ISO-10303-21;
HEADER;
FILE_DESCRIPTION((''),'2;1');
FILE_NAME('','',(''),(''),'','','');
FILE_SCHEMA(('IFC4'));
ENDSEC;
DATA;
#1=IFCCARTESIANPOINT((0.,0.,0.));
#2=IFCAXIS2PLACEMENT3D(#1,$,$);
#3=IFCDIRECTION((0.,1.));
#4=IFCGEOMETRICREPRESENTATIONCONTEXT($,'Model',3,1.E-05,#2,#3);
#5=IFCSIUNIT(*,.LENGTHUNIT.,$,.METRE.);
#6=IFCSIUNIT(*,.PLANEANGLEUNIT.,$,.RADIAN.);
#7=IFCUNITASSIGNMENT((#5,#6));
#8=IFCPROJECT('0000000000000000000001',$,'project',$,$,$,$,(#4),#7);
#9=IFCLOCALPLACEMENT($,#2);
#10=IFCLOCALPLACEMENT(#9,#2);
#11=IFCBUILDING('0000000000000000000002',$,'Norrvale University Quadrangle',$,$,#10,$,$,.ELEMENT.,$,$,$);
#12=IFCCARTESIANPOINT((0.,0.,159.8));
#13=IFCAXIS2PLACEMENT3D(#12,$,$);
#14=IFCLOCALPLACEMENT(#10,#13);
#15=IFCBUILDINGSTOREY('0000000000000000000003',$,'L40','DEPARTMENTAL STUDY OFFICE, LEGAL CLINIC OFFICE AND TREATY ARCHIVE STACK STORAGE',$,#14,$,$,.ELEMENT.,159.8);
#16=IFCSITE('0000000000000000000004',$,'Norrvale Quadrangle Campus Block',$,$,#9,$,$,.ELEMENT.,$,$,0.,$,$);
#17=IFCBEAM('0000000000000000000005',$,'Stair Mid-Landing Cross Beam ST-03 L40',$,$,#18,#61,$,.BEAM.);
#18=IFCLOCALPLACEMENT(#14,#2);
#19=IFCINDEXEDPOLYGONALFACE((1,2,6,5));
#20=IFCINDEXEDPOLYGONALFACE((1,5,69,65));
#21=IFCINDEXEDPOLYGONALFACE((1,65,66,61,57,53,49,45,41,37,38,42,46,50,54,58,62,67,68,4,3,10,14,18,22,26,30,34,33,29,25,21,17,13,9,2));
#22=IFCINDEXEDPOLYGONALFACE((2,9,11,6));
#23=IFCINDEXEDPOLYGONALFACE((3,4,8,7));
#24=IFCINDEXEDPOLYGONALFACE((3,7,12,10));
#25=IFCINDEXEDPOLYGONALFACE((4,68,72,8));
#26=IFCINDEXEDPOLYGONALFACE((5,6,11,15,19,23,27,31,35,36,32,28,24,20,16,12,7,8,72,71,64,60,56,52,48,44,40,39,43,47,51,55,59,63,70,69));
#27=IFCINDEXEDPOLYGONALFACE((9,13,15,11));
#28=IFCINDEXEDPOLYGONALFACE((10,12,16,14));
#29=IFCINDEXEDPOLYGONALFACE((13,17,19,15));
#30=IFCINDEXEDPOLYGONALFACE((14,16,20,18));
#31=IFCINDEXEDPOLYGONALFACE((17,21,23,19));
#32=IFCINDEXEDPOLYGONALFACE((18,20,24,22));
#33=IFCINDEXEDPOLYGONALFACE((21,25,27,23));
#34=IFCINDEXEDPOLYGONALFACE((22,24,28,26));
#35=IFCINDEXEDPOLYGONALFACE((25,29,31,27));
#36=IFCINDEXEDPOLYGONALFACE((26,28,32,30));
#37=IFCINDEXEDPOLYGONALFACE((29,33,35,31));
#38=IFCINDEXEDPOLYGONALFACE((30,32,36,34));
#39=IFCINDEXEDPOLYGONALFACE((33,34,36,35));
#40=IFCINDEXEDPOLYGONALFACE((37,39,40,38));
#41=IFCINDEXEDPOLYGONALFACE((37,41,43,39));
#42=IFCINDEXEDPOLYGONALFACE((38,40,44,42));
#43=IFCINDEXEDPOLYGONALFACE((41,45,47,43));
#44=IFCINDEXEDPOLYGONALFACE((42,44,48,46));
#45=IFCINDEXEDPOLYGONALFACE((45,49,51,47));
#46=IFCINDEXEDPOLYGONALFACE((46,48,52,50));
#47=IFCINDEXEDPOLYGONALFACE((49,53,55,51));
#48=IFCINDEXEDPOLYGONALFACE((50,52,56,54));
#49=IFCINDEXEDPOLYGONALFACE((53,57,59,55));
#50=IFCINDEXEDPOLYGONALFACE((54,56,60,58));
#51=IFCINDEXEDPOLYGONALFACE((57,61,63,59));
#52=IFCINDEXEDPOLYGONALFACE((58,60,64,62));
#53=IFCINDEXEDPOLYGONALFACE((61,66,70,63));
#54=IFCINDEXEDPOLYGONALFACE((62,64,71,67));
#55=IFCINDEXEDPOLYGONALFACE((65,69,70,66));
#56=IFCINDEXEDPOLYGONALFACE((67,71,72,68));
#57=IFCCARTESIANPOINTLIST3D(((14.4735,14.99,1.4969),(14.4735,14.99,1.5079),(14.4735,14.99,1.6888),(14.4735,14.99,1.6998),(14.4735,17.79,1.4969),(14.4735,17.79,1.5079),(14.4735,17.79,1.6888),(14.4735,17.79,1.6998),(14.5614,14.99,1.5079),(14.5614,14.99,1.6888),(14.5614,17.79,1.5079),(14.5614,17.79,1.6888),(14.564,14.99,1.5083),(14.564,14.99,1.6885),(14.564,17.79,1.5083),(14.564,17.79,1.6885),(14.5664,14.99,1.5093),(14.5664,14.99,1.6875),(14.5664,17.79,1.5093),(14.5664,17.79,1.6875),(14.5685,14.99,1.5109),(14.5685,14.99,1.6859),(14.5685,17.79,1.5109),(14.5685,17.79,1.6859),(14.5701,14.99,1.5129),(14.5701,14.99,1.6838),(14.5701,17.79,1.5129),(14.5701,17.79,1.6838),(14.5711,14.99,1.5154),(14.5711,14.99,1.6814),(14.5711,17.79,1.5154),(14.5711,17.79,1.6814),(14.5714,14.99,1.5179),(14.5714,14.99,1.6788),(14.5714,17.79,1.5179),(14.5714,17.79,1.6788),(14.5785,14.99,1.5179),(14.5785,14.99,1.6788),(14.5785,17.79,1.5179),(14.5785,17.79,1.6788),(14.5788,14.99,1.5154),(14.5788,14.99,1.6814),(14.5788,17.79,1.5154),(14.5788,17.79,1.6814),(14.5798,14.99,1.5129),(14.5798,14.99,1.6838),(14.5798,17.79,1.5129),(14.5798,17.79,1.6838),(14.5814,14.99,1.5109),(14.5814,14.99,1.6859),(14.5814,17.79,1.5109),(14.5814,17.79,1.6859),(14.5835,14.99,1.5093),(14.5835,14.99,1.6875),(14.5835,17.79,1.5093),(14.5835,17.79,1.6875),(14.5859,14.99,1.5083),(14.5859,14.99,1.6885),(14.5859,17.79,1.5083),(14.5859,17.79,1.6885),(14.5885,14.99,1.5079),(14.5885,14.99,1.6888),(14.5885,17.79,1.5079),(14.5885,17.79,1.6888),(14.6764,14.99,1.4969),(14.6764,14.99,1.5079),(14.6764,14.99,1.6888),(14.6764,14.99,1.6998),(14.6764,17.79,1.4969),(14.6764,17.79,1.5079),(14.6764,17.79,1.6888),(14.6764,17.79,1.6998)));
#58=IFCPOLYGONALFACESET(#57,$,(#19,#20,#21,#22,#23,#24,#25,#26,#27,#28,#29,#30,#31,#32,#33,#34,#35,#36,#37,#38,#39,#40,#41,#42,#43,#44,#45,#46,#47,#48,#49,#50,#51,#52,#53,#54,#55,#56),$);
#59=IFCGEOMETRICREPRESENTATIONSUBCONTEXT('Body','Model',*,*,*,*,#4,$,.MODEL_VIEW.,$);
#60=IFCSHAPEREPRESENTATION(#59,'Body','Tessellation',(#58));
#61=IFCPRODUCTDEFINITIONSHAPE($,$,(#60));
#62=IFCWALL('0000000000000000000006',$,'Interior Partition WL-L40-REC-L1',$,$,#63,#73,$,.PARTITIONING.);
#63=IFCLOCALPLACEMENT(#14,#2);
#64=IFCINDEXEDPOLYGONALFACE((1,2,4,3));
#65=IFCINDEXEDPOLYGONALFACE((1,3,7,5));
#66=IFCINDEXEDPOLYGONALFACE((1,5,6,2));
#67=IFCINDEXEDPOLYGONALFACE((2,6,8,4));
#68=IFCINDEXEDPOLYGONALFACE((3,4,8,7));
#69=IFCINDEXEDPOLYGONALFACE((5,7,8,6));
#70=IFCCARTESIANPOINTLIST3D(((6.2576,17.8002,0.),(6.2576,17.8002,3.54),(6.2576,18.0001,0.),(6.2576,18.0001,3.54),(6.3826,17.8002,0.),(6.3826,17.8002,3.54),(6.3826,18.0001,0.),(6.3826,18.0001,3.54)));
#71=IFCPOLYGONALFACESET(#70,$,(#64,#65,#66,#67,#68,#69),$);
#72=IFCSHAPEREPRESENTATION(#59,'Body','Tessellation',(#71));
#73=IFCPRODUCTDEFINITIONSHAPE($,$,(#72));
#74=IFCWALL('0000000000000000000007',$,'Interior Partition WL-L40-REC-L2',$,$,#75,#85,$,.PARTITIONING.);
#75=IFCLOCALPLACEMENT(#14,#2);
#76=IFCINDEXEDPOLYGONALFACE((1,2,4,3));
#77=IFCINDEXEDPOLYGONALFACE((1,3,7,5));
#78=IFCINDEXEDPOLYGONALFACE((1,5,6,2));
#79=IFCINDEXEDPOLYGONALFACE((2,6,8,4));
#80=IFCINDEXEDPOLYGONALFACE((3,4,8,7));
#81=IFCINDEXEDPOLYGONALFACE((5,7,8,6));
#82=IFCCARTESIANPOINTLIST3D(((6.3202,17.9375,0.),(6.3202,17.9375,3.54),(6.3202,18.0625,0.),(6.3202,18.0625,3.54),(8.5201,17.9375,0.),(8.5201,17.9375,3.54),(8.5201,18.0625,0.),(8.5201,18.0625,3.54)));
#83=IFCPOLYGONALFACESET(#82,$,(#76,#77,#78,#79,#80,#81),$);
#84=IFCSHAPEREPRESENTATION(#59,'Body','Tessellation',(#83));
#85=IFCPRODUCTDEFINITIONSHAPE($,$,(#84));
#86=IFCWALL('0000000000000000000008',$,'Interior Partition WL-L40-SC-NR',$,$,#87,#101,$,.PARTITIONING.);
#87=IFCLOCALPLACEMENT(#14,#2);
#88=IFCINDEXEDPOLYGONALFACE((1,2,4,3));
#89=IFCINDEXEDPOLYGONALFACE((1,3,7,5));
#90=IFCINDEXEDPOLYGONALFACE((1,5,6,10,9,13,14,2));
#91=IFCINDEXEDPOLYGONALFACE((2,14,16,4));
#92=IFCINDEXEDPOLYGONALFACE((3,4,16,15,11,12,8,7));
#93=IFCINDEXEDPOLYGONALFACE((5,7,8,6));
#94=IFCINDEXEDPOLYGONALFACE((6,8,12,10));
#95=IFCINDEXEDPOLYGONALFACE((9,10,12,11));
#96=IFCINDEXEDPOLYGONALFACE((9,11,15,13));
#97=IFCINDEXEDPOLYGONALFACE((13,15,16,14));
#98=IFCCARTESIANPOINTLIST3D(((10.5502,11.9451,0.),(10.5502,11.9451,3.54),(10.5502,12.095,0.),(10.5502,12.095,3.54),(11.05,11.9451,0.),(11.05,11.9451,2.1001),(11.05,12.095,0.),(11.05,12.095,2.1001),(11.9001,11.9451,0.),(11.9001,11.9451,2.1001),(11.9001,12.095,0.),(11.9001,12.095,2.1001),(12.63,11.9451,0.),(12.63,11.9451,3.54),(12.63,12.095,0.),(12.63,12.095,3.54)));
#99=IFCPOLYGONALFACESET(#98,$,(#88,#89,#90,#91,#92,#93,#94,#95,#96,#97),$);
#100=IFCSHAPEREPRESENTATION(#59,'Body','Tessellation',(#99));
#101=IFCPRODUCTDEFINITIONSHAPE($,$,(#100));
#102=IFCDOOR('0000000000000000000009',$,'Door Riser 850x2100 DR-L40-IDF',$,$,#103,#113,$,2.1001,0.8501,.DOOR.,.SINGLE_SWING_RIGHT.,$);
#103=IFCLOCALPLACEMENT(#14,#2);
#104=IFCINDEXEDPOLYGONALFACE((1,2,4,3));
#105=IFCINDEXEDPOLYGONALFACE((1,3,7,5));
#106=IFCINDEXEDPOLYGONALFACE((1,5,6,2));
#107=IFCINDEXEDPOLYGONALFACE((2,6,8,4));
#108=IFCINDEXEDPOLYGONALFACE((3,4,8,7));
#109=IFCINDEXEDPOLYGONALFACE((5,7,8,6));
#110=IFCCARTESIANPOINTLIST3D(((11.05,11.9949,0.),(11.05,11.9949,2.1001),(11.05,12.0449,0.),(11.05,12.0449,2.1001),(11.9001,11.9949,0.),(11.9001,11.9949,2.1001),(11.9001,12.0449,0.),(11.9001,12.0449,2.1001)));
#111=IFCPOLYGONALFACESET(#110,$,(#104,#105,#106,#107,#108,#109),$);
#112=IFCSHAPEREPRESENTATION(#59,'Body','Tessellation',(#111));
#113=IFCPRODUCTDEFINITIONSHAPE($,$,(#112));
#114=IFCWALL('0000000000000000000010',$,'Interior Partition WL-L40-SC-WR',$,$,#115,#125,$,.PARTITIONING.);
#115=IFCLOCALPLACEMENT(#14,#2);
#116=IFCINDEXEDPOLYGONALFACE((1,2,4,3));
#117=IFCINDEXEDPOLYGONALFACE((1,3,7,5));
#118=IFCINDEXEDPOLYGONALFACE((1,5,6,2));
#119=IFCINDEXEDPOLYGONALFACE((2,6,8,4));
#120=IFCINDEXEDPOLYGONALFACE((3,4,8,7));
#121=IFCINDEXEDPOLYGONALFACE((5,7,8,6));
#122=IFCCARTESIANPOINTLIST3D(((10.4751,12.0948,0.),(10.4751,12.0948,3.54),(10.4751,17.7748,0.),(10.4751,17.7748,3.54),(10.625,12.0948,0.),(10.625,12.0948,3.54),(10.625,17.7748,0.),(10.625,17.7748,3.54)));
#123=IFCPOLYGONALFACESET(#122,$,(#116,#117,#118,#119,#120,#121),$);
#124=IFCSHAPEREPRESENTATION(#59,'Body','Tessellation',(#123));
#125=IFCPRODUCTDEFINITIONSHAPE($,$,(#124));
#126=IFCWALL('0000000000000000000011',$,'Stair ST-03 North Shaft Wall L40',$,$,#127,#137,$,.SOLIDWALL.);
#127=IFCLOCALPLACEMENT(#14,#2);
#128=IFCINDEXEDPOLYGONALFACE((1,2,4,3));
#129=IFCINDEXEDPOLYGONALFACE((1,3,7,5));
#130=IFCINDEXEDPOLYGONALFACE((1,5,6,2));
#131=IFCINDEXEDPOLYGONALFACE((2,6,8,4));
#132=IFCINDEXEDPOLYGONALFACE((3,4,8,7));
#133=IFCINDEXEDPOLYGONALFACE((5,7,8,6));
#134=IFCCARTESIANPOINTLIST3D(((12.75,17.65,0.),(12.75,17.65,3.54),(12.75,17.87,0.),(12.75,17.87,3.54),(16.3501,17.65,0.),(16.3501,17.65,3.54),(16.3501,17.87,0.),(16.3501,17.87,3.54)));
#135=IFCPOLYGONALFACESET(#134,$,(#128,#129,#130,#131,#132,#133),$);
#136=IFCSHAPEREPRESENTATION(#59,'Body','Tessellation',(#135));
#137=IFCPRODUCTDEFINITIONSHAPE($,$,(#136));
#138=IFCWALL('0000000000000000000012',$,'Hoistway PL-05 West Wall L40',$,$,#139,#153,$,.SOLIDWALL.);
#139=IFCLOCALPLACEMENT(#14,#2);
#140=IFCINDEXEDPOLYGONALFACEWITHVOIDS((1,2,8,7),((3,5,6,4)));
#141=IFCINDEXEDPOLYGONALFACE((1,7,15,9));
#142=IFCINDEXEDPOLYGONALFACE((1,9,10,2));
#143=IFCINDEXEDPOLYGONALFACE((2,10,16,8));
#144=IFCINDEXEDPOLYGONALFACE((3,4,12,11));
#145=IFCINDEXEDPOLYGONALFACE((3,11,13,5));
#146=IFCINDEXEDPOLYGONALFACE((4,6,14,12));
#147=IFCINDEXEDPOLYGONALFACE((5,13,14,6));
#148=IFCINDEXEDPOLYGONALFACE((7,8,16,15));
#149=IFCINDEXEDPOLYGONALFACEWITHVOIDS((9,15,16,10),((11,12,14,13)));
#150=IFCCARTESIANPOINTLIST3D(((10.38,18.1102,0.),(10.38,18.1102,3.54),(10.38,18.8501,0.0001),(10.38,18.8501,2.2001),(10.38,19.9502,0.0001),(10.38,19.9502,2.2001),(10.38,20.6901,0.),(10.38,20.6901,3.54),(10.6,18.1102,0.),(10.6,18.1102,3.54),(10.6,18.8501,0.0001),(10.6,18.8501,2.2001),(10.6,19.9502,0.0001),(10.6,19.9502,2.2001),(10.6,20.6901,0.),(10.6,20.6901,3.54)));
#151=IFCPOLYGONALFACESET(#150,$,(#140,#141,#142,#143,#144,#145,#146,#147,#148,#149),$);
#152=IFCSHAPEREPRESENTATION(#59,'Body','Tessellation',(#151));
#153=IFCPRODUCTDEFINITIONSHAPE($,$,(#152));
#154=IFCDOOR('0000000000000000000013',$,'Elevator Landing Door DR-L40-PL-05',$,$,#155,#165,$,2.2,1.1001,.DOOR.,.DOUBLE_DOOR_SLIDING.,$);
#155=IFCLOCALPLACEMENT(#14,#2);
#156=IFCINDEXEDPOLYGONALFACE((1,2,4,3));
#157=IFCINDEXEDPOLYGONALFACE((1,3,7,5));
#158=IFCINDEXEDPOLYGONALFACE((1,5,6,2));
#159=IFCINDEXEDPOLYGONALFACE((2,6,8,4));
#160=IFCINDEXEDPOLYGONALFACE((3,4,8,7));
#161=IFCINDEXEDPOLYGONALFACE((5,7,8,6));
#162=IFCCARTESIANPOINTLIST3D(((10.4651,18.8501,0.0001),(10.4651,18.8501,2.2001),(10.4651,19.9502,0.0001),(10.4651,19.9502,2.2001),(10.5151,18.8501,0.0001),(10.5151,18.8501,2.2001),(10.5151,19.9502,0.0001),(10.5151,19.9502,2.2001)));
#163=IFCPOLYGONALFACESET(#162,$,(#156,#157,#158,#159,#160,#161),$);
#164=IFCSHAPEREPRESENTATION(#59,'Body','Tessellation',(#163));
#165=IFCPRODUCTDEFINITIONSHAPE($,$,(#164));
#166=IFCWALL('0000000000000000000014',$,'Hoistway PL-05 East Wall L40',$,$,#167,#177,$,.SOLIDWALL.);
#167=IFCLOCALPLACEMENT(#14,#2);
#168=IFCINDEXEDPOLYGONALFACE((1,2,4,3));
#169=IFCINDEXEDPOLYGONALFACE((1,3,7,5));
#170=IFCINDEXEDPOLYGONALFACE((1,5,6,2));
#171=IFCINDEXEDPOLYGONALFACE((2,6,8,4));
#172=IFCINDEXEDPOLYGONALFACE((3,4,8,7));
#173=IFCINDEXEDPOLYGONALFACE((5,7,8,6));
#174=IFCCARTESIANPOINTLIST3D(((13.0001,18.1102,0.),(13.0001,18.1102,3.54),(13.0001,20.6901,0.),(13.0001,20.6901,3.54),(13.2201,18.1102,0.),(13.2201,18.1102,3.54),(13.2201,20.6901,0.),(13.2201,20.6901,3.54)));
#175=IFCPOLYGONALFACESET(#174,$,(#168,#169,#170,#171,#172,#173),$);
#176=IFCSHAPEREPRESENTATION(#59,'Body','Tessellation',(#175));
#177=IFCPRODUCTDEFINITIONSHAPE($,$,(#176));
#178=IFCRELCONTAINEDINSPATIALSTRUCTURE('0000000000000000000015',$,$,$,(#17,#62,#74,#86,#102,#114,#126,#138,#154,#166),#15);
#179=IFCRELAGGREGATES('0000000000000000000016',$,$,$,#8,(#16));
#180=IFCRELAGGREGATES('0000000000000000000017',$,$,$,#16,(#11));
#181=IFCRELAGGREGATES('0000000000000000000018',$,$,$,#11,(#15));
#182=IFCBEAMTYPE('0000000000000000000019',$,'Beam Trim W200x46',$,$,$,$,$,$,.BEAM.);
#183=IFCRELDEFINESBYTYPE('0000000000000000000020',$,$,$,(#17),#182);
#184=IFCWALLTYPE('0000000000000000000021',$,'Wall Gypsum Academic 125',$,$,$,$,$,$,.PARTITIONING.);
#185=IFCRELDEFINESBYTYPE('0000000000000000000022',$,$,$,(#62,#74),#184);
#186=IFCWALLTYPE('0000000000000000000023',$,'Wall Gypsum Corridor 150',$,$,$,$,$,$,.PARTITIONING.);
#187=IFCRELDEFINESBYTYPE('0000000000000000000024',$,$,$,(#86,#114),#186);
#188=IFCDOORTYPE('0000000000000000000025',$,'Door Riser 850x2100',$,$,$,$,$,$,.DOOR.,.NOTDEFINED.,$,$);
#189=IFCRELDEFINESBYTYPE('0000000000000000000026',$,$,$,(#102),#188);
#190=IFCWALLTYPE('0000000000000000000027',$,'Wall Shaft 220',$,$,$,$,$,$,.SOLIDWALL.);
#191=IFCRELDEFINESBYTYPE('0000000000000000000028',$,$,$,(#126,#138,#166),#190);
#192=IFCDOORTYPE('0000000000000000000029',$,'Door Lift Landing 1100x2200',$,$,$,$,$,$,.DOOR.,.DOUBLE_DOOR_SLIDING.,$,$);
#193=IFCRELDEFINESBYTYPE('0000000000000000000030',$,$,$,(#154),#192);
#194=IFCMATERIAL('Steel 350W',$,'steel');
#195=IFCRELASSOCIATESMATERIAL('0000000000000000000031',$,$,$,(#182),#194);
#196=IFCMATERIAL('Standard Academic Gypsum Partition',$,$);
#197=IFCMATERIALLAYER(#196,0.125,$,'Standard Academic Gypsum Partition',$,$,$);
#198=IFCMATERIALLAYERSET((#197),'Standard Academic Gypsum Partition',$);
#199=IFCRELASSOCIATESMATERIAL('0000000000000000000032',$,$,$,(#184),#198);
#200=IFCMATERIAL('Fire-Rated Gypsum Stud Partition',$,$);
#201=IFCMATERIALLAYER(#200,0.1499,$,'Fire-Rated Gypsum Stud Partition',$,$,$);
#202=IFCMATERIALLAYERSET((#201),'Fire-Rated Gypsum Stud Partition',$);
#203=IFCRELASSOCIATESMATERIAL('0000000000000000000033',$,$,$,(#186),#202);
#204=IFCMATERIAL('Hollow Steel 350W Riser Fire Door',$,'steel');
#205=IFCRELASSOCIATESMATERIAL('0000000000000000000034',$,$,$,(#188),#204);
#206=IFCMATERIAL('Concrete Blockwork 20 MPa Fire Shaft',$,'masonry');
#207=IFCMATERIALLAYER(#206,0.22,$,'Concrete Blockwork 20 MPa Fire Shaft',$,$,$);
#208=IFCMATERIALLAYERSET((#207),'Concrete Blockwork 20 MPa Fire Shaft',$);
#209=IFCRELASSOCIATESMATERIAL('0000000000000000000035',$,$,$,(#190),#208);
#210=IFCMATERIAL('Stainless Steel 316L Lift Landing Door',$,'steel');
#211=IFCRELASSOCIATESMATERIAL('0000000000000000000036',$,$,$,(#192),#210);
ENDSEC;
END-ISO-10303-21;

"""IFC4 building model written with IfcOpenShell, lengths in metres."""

from ifc_helpers import new_model, si_unit, direction, frame, frame_2d, origin, origin_2d, place, context, subcontext, project, spatial, rectangle, i_section, extrude, material, layer, layer_set, material_profile, profile_set, type_object, element, fill, save


model = new_model("IFC4")

# Units and contexts
model_context = context("Model", 3, precision=1e-05, world=origin(), true_north=direction((0.0, 1.0)))
body_context = subcontext(model_context, "Body", "Model", "MODEL_VIEW")
ifc_project = project(units=[si_unit("LENGTHUNIT", "METRE"), si_unit("PLANEANGLEUNIT", "RADIAN")], contexts=[model_context])

# Site, building, storey
site_placement = place(None, origin())
site = spatial("IfcSite", under=ifc_project, at=site_placement, Name="Norrvale Quadrangle Campus Block", CompositionType="ELEMENT", RefElevation=0.0)
building_placement = place(site_placement, origin())
building = spatial("IfcBuilding", under=site, at=building_placement, Name="Norrvale University Quadrangle", CompositionType="ELEMENT")
storey_placement = place(building_placement, frame((0.0, 0.0, 159.8)))
storey = spatial("IfcBuildingStorey", under=building, at=storey_placement, Name="L40", Description="DEPARTMENTAL STUDY OFFICE, LEGAL CLINIC OFFICE AND TREATY ARCHIVE STACK STORAGE", CompositionType="ELEMENT", Elevation=159.8)

# Beam
ifc_material_1 = material(Name="Steel 350W", Category="steel")
ifc_material_profile_1 = material_profile(ifc_material_1, i_section(OverallWidth=0.2029, OverallDepth=0.2029, WebThickness=0.0071, FlangeThickness=0.011, FilletRadius=0.01, at=origin_2d()), Name="Steel 350W")
ifc_profile_set_1 = profile_set([ifc_material_profile_1], Name="Steel 350W")
beam_type_1 = type_object("IfcBeamType", Name="Beam Trim W200x46", PredefinedType="BEAM", material=ifc_profile_set_1)
for number, where, z_axis, x_axis, name in (
    (1, (14.575, 14.99, 1.5984), (0.0, 1.0, 0.0), (-1.0, 0.0, 0.0), "Stair Mid-Landing Cross Beam ST-03 L40"),
):
    element("IfcBeam", number, at=place(storey_placement, frame(where, z_axis=z_axis, x_axis=x_axis)), inside=storey, type_object=beam_type_1, Name=name, PredefinedType="BEAM", context=body_context, shape_type="SweptSolid", body=[
        extrude(i_section(OverallWidth=0.2029, OverallDepth=0.2029, WebThickness=0.0071, FlangeThickness=0.011, FilletRadius=0.01, at=origin_2d()), origin(), (0.0, 0.0, 1.0), 2.8),
    ])

# Walls
ifc_material_2 = material(Name="Standard Academic Gypsum Partition")
ifc_layer_1 = layer(ifc_material_2, 0.125, Name="Standard Academic Gypsum Partition")
ifc_layer_set_1 = layer_set([ifc_layer_1], Name="Standard Academic Gypsum Partition")
wall_type_1 = type_object("IfcWallType", Name="Wall Gypsum Academic 125", PredefinedType="PARTITIONING", material=ifc_layer_set_1)
wall_1_placement = place(storey_placement, frame((6.3201, 17.8, 0.0), z_axis=(0.0, 0.0, 1.0), x_axis=(0.0, 1.0, 0.0)))
element("IfcWall", 2, at=wall_1_placement, inside=storey, type_object=wall_type_1, Name="Interior Partition WL-L40-REC-L1", PredefinedType="PARTITIONING", context=body_context, shape_type="SweptSolid", body=[
    extrude(rectangle(XDim=0.2, YDim=0.125, at=frame_2d((0.1001, 0.0))), origin(), (0.0, 0.0, 1.0), 3.54),
])
wall_2_placement = place(storey_placement, frame((6.3201, 18.0, 0.0), z_axis=(0.0, 0.0, 1.0), x_axis=(1.0, 0.0, 0.0)))
element("IfcWall", 3, at=wall_2_placement, inside=storey, type_object=wall_type_1, Name="Interior Partition WL-L40-REC-L2", PredefinedType="PARTITIONING", context=body_context, shape_type="SweptSolid", body=[
    extrude(rectangle(XDim=2.2, YDim=0.125, at=frame_2d((1.1001, 0.0))), origin(), (0.0, 0.0, 1.0), 3.54),
])

# Wall, opening, door
ifc_material_3 = material(Name="Fire-Rated Gypsum Stud Partition")
ifc_layer_2 = layer(ifc_material_3, 0.1499, Name="Fire-Rated Gypsum Stud Partition")
ifc_layer_set_2 = layer_set([ifc_layer_2], Name="Fire-Rated Gypsum Stud Partition")
wall_type_2 = type_object("IfcWallType", Name="Wall Gypsum Corridor 150", PredefinedType="PARTITIONING", material=ifc_layer_set_2)
wall_3_placement = place(storey_placement, frame((10.55, 12.02, 0.0), z_axis=(0.0, 0.0, 1.0), x_axis=(1.0, 0.0, 0.0)))
wall_3 = element("IfcWall", 4, at=wall_3_placement, inside=storey, type_object=wall_type_2, Name="Interior Partition WL-L40-SC-NR", PredefinedType="PARTITIONING", context=body_context, shape_type="SweptSolid", body=[
    extrude(rectangle(XDim=2.0798, YDim=0.1499, at=frame_2d((1.04, 0.0))), origin(), (0.0, 0.0, 1.0), 3.54),
])
opening_1_placement = place(wall_3_placement, frame((0.5, 0.0, 0.0)))
opening_1 = element("IfcOpeningElement", 5, at=opening_1_placement, cuts=wall_3, PredefinedType="OPENING", context=body_context, shape_type="SweptSolid", body=[
    extrude(rectangle(XDim=0.8501, YDim=2.1001, at=frame_2d((0.425, 1.05))), frame((0.0, 0.0869, 0.0), z_axis=(0.0, -1.0, 0.0), x_axis=(1.0, 0.0, 0.0)), (0.0, 0.0, 1.0), 0.1738),
])
ifc_material_4 = material(Name="Hollow Steel 350W Riser Fire Door", Category="steel")
door_type_1 = type_object("IfcDoorType", Name="Door Riser 850x2100", OperationType="NOTDEFINED", PredefinedType="DOOR", material=ifc_material_4)
door_1_placement = place(opening_1_placement, origin())
door_1 = element("IfcDoor", 6, at=door_1_placement, inside=storey, type_object=door_type_1, Name="Door Riser 850x2100 DR-L40-IDF", OperationType="SINGLE_SWING_RIGHT", OverallHeight=2.1001, OverallWidth=0.8501, PredefinedType="DOOR", context=body_context, shape_type="SweptSolid", body=[
    extrude(rectangle(XDim=0.8501, YDim=2.1001, at=frame_2d((0.425, 1.05))), frame((0.0, 0.0249, 0.0), z_axis=(0.0, -1.0, 0.0), x_axis=(1.0, 0.0, 0.0)), (0.0, 0.0, 1.0), 0.05),
])
fill(opening_1, door_1)

# Walls
wall_4_placement = place(storey_placement, frame((10.55, 12.095, 0.0), z_axis=(0.0, 0.0, 1.0), x_axis=(0.0, 1.0, 0.0)))
element("IfcWall", 7, at=wall_4_placement, inside=storey, type_object=wall_type_2, Name="Interior Partition WL-L40-SC-WR", PredefinedType="PARTITIONING", context=body_context, shape_type="SweptSolid", body=[
    extrude(rectangle(XDim=5.6799, YDim=0.1499, at=frame_2d((2.8398, 0.0))), origin(), (0.0, 0.0, 1.0), 3.54),
])
ifc_material_5 = material(Name="Concrete Blockwork 20 MPa Fire Shaft", Category="masonry")
ifc_layer_3 = layer(ifc_material_5, 0.22, Name="Concrete Blockwork 20 MPa Fire Shaft")
ifc_layer_set_3 = layer_set([ifc_layer_3], Name="Concrete Blockwork 20 MPa Fire Shaft")
wall_type_3 = type_object("IfcWallType", Name="Wall Shaft 220", PredefinedType="SOLIDWALL", material=ifc_layer_set_3)
wall_5_placement = place(storey_placement, frame((12.75, 17.76, 0.0), z_axis=(0.0, 0.0, 1.0), x_axis=(1.0, 0.0, 0.0)))
element("IfcWall", 8, at=wall_5_placement, inside=storey, type_object=wall_type_3, Name="Stair ST-03 North Shaft Wall L40", PredefinedType="SOLIDWALL", context=body_context, shape_type="SweptSolid", body=[
    extrude(rectangle(XDim=3.6001, YDim=0.22, at=frame_2d((1.8, 0.0))), origin(), (0.0, 0.0, 1.0), 3.54),
])

# Wall, opening, door
wall_6_placement = place(storey_placement, frame((10.49, 18.1101, 0.0), z_axis=(0.0, 0.0, 1.0), x_axis=(0.0, 1.0, 0.0)))
wall_6 = element("IfcWall", 9, at=wall_6_placement, inside=storey, type_object=wall_type_3, Name="Hoistway PL-05 West Wall L40", PredefinedType="SOLIDWALL", context=body_context, shape_type="SweptSolid", body=[
    extrude(rectangle(XDim=2.5798, YDim=0.22, at=frame_2d((1.29, 0.0))), origin(), (0.0, 0.0, 1.0), 3.54),
])
opening_2_placement = place(wall_6_placement, frame((0.74, 0.0, 0.0)))
opening_2 = element("IfcOpeningElement", 10, at=opening_2_placement, cuts=wall_6, PredefinedType="OPENING", context=body_context, shape_type="SweptSolid", body=[
    extrude(rectangle(XDim=1.1001, YDim=2.2, at=frame_2d((0.55, 1.1001))), frame((0.0, 0.1221, 0.0), z_axis=(0.0, -1.0, 0.0), x_axis=(1.0, 0.0, 0.0)), (0.0, 0.0, 1.0), 0.2439),
])
ifc_material_6 = material(Name="Stainless Steel 316L Lift Landing Door", Category="steel")
door_type_2 = type_object("IfcDoorType", Name="Door Lift Landing 1100x2200", OperationType="DOUBLE_DOOR_SLIDING", PredefinedType="DOOR", material=ifc_material_6)
door_2_placement = place(opening_2_placement, origin())
door_2 = element("IfcDoor", 11, at=door_2_placement, inside=storey, type_object=door_type_2, Name="Elevator Landing Door DR-L40-PL-05", OperationType="DOUBLE_DOOR_SLIDING", OverallHeight=2.2, OverallWidth=1.1001, PredefinedType="DOOR", context=body_context, shape_type="SweptSolid", body=[
    extrude(rectangle(XDim=1.1001, YDim=2.2, at=frame_2d((0.55, 1.1001))), frame((0.0, 0.0249, 0.0), z_axis=(0.0, -1.0, 0.0), x_axis=(1.0, 0.0, 0.0)), (0.0, 0.0, 1.0), 0.05),
])
fill(opening_2, door_2)

# Wall
wall_7_placement = place(storey_placement, frame((13.1101, 18.1101, 0.0), z_axis=(0.0, 0.0, 1.0), x_axis=(0.0, 1.0, 0.0)))
element("IfcWall", 12, at=wall_7_placement, inside=storey, type_object=wall_type_3, Name="Hoistway PL-05 East Wall L40", PredefinedType="SOLIDWALL", context=body_context, shape_type="SweptSolid", body=[
    extrude(rectangle(XDim=2.5798, YDim=0.22, at=frame_2d((1.29, 0.0))), origin(), (0.0, 0.0, 1.0), 3.54),
])

save(model, "model.ifc")
